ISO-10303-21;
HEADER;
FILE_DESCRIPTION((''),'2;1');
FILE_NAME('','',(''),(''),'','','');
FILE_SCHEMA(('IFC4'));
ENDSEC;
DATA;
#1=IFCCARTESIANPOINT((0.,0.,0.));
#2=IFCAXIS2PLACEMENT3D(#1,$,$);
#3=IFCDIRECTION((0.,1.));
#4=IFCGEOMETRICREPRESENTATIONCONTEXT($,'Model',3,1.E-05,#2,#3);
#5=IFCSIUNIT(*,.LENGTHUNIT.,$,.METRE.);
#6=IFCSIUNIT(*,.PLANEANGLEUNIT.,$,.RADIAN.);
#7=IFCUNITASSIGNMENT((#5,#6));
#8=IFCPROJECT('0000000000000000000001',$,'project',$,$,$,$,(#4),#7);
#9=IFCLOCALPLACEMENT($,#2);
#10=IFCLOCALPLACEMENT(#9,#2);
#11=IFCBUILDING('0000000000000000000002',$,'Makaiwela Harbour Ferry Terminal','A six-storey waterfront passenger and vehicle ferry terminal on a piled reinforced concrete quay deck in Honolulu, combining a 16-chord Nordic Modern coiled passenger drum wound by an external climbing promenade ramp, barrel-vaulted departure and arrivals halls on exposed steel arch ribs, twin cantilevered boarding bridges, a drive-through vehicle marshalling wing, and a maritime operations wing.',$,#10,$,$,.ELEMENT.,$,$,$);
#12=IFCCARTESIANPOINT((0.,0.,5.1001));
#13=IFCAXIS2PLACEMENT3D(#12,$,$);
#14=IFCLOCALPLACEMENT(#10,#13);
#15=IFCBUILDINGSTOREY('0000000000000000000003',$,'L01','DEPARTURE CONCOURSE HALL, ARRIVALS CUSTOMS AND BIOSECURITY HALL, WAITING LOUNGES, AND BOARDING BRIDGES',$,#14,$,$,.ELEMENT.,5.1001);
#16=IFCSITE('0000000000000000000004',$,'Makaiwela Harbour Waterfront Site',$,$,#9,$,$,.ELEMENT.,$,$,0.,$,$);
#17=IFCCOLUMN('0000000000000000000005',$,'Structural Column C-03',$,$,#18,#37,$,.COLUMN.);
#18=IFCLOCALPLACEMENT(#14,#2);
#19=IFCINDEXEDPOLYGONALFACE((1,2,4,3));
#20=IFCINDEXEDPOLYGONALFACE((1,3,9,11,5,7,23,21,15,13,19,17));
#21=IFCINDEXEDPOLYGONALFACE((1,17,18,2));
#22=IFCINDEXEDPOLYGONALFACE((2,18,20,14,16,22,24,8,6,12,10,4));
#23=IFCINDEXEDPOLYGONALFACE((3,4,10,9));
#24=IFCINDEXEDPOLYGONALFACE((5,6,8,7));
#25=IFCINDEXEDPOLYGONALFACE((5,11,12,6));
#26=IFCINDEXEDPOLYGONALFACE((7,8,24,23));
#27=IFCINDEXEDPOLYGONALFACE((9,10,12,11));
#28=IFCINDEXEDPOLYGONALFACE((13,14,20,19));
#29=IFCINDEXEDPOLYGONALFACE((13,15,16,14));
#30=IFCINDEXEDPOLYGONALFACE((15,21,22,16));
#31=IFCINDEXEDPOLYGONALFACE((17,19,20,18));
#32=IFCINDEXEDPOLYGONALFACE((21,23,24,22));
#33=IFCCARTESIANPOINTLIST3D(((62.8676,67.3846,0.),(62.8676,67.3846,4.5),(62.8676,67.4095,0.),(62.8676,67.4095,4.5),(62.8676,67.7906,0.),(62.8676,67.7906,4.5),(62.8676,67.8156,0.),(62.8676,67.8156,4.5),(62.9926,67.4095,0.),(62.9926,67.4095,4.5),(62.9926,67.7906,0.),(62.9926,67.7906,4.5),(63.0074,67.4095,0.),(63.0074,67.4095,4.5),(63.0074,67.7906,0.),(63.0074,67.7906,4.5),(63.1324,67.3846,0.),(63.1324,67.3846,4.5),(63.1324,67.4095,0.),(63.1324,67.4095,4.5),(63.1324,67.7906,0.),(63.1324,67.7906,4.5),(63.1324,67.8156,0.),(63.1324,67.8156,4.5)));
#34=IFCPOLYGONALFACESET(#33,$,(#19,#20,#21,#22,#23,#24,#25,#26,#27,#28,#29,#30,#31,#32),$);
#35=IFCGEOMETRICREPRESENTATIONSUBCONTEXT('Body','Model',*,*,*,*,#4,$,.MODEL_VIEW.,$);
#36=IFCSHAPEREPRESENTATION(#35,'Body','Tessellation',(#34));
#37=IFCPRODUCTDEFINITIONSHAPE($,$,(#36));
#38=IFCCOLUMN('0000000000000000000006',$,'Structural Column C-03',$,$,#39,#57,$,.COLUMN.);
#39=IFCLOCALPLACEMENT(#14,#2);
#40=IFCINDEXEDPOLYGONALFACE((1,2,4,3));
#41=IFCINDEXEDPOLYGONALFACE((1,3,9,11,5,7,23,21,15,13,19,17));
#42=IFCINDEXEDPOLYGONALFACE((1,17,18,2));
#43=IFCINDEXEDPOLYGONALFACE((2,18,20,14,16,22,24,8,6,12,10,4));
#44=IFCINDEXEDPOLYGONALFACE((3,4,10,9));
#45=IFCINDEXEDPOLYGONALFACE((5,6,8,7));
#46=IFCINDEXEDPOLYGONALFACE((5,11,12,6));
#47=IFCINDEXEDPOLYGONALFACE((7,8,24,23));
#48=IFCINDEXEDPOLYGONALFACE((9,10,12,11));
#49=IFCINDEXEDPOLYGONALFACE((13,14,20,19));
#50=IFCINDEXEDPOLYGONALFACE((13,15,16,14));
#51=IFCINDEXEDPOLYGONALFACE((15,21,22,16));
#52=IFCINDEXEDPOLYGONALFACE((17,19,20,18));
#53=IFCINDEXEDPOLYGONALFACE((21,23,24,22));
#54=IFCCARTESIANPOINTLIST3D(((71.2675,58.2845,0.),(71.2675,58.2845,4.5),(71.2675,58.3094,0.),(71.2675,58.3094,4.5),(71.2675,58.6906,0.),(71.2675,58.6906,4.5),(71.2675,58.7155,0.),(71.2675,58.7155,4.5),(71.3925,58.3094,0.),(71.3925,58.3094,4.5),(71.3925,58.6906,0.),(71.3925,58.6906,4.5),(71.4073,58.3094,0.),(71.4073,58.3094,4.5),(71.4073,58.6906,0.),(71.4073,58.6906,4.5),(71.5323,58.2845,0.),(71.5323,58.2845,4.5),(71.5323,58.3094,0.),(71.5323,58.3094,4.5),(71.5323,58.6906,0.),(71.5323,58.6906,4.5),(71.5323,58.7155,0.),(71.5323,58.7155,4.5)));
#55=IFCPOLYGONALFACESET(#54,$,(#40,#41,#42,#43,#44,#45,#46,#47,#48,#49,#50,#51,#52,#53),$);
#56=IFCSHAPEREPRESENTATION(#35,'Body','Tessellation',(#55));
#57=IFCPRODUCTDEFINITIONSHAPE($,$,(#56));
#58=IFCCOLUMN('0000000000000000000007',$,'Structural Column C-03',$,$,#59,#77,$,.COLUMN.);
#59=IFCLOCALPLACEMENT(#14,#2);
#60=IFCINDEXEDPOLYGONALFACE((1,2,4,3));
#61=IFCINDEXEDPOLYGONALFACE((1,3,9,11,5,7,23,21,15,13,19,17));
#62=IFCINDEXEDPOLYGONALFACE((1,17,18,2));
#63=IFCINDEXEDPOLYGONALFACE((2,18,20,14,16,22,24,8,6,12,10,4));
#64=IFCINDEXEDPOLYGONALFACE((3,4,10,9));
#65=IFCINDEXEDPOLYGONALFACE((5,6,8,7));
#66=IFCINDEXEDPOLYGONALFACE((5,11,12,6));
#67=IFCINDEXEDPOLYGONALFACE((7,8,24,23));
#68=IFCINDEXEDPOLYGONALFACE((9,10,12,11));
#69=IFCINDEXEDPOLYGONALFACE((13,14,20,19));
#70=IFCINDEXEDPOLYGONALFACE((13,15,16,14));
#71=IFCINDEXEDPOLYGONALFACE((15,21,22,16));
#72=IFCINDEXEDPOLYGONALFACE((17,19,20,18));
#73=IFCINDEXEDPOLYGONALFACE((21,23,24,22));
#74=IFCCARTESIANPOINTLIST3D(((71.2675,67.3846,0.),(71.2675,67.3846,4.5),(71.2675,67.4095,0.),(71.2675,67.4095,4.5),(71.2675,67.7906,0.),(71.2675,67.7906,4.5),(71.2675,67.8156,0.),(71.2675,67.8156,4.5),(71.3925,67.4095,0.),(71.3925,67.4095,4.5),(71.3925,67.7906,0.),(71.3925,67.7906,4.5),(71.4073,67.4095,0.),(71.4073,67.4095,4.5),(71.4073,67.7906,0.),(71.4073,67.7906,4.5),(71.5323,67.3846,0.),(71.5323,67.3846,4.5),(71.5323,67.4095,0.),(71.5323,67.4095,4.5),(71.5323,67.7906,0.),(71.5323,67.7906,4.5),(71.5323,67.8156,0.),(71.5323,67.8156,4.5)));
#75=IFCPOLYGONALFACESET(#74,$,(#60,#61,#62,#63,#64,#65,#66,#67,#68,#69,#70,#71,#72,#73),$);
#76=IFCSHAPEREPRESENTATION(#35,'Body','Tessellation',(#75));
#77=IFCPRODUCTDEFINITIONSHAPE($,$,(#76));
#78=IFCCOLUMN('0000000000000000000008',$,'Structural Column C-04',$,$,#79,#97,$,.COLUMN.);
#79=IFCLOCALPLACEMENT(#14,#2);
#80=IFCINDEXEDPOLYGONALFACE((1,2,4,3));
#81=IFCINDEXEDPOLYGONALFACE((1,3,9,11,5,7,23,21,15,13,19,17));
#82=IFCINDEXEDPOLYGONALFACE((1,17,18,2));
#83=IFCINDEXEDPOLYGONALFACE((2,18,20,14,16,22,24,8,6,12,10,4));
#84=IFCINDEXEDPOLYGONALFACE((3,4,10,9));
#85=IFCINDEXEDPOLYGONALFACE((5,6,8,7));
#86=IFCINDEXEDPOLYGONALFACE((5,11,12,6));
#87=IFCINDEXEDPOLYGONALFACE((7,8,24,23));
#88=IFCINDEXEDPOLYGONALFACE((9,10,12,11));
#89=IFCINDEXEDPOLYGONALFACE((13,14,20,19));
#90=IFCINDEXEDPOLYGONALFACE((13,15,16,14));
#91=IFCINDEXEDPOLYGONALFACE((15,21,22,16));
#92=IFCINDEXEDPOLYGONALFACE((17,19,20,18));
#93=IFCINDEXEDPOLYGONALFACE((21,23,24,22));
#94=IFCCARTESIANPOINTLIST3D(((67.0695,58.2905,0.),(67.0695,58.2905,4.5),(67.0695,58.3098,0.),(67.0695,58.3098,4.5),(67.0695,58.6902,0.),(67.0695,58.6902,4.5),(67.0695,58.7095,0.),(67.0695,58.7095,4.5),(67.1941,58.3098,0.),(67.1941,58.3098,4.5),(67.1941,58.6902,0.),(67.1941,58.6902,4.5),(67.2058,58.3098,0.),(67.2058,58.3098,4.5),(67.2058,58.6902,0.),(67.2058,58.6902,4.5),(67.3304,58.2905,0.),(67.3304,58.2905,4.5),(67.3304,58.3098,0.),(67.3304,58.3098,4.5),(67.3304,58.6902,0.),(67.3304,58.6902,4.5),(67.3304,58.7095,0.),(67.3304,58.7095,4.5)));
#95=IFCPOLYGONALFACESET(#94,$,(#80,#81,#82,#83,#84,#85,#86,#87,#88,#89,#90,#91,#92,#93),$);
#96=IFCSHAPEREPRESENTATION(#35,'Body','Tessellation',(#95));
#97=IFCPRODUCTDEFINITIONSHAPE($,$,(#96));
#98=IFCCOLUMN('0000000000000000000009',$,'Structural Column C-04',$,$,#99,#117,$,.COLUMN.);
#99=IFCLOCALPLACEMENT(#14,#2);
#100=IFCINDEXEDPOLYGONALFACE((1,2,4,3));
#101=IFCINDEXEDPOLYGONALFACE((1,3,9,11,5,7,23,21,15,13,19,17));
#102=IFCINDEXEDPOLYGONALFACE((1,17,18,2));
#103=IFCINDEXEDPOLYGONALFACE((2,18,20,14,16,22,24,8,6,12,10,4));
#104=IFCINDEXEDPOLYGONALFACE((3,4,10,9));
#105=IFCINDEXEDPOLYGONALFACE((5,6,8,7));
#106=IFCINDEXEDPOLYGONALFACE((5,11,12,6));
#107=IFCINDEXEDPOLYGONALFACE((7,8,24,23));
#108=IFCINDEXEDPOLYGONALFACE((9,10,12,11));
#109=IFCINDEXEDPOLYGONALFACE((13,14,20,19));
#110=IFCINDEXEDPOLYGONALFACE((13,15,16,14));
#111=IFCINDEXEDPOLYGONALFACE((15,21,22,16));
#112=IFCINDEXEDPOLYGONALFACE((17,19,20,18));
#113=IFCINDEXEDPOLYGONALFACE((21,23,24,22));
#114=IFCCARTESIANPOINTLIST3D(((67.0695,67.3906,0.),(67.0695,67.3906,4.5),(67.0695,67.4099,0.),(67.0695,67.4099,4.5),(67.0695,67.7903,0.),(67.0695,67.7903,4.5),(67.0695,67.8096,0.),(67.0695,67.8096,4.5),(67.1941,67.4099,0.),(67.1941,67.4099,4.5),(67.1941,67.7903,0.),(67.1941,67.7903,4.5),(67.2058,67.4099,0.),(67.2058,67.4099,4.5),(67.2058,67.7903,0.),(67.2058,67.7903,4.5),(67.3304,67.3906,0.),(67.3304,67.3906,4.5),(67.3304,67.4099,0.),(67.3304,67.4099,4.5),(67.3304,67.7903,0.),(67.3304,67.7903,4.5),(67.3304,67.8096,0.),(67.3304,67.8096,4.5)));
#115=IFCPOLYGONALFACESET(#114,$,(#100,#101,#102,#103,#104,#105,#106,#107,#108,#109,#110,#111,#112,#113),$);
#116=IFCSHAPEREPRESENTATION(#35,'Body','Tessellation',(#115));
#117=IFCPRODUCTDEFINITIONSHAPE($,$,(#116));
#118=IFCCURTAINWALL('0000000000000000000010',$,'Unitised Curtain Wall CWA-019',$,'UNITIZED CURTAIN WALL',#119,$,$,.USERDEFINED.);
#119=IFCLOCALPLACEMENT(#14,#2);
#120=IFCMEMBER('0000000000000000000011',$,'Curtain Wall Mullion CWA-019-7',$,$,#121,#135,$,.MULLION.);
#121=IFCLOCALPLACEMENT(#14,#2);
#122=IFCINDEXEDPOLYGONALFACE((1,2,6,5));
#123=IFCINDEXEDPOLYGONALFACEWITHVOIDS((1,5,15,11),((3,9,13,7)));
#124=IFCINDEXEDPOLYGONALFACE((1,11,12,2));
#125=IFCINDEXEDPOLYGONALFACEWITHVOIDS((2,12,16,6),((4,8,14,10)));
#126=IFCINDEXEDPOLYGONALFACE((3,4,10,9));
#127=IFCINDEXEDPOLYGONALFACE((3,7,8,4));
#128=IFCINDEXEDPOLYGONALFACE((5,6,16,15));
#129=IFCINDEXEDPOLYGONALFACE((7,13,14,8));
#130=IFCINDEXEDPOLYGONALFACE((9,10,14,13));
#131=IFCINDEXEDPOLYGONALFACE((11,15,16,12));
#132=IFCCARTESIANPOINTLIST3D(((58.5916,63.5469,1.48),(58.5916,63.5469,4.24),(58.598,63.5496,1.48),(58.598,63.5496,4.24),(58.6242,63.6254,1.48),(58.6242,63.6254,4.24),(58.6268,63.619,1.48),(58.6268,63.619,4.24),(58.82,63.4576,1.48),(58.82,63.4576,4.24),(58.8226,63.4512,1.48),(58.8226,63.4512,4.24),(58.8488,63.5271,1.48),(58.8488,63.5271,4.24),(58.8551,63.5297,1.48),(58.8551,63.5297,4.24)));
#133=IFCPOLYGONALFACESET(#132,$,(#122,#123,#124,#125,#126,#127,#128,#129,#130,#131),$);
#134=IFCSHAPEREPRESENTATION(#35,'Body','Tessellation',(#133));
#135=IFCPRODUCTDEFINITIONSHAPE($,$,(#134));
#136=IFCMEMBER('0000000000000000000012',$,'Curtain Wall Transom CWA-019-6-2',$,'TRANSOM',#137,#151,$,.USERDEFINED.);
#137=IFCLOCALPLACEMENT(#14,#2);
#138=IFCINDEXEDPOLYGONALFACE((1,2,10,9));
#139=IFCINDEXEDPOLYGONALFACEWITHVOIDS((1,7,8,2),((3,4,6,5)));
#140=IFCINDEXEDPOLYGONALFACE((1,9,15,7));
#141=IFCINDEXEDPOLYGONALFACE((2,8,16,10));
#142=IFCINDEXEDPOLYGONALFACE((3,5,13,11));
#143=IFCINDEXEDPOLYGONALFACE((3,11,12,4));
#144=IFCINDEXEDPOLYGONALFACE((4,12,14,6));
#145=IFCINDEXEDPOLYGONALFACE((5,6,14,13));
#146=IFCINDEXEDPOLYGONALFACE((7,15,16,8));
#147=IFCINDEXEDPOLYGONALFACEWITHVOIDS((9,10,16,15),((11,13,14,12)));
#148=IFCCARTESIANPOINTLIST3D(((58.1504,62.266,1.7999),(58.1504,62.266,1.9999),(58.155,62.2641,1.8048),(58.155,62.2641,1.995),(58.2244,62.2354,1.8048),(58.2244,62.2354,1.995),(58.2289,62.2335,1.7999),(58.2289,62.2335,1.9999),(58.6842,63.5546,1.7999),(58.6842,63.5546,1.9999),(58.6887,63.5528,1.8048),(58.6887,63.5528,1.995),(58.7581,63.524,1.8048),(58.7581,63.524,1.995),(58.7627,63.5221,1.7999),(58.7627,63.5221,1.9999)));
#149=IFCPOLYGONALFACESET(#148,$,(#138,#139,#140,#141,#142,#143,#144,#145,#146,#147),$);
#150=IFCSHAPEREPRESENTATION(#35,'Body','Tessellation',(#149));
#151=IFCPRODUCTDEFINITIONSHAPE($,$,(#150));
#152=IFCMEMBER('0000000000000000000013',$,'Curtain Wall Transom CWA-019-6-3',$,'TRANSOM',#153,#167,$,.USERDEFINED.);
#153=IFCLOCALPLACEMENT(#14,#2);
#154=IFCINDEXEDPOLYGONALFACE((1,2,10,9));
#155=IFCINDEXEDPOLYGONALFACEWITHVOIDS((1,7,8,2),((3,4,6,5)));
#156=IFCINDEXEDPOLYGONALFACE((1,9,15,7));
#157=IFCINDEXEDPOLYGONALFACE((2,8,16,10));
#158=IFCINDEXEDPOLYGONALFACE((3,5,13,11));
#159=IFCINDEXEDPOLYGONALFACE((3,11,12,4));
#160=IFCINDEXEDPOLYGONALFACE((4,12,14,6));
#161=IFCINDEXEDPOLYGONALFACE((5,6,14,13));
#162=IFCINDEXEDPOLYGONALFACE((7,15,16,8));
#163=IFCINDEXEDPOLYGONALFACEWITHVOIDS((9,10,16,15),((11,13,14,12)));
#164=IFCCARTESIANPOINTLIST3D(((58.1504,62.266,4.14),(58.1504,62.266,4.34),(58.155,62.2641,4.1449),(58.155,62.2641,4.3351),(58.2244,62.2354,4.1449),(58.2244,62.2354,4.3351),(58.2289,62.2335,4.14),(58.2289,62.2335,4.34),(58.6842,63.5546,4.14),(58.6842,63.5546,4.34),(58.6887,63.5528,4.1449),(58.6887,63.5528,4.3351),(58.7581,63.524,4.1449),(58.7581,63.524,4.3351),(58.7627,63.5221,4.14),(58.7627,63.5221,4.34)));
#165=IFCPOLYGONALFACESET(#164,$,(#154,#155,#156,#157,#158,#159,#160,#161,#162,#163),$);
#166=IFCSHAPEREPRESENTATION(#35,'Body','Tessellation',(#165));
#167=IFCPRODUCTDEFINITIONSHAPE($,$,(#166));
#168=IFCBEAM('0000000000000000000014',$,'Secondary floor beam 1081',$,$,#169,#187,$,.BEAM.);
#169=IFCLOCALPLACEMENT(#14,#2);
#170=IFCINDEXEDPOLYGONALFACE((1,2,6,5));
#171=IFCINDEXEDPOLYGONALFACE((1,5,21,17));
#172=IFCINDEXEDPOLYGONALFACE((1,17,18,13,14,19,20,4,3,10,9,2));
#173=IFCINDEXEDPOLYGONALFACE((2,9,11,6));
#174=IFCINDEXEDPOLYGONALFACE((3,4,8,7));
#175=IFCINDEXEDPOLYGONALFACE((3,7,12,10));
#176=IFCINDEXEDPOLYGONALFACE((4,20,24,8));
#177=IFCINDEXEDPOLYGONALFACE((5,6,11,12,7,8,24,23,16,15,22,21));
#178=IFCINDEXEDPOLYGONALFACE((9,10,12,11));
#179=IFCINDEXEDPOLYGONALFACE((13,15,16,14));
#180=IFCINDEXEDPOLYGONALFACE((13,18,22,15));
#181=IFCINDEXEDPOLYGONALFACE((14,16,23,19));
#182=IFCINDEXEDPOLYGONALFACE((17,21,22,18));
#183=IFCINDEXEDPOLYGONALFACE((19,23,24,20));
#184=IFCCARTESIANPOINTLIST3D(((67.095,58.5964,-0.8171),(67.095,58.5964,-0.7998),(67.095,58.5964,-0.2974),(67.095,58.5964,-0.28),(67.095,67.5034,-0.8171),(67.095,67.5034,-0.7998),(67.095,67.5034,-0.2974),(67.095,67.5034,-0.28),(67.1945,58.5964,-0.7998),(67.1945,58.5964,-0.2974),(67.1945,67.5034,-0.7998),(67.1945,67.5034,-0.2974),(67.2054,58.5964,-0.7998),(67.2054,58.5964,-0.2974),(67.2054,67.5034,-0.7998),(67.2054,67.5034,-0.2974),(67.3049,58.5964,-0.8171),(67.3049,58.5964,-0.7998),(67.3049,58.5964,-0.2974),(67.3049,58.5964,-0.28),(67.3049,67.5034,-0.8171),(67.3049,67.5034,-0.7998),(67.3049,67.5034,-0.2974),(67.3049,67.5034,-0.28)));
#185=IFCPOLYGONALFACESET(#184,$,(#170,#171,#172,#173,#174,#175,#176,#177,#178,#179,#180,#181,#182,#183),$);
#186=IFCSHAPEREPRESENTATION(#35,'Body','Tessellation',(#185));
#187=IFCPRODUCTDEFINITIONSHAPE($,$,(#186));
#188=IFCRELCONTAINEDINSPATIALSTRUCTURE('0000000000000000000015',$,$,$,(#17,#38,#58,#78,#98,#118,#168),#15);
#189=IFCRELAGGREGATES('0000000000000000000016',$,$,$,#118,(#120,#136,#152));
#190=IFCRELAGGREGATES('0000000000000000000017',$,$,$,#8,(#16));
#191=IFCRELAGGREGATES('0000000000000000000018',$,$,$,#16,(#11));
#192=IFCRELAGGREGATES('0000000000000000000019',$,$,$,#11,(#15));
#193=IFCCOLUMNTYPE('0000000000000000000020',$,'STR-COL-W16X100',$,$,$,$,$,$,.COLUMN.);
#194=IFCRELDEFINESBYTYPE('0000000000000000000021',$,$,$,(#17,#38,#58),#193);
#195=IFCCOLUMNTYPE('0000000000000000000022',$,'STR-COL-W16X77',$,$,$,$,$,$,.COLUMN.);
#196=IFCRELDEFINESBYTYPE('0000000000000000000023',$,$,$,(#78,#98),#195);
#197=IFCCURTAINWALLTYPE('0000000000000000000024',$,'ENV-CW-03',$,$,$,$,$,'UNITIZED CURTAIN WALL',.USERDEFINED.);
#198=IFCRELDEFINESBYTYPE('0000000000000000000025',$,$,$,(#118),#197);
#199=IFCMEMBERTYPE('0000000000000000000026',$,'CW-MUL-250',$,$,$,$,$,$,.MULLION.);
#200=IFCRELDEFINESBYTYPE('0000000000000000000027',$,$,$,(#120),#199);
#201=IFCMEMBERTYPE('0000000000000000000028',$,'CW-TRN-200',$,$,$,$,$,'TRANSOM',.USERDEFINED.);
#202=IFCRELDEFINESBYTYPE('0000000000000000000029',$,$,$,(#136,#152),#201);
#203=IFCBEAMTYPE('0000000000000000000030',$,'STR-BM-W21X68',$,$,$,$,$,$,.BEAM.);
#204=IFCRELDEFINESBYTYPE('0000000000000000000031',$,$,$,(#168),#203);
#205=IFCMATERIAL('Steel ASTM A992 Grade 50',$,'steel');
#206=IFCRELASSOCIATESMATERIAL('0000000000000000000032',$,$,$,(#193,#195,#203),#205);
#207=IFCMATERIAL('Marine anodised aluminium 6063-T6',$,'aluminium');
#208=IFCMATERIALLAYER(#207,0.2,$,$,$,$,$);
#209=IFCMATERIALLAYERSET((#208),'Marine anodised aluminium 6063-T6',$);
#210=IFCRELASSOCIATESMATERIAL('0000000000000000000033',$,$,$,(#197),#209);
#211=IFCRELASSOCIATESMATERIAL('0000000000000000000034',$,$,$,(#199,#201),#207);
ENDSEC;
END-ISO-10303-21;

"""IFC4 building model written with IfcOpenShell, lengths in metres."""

from ifc_helpers import new_model, si_unit, direction, frame, origin, origin_2d, place, context, subcontext, project, spatial, hollow_rectangle, i_section, extrude, material, layer, layer_set, material_profile, profile_set, type_object, element, aggregate, save


model = new_model("IFC4")

# Units and contexts
model_context = context("Model", 3, precision=1e-05, world=origin(), true_north=direction((0.0, 1.0)))
body_context = subcontext(model_context, "Body", "Model", "MODEL_VIEW")
ifc_project = project(units=[si_unit("LENGTHUNIT", "METRE"), si_unit("PLANEANGLEUNIT", "RADIAN")], contexts=[model_context])

# Site, building, storey
site_placement = place(None, origin())
site = spatial("IfcSite", under=ifc_project, at=site_placement, Name="Makaiwela Harbour Waterfront Site", CompositionType="ELEMENT", RefElevation=0.0)
building_placement = place(site_placement, origin())
building = spatial("IfcBuilding", under=site, at=building_placement, Name="Makaiwela Harbour Ferry Terminal", Description="A six-storey waterfront passenger and vehicle ferry terminal on a piled reinforced concrete quay deck in Honolulu, combining a 16-chord Nordic Modern coiled passenger drum wound by an external climbing promenade ramp, barrel-vaulted departure and arrivals halls on exposed steel arch ribs, twin cantilevered boarding bridges, a drive-through vehicle marshalling wing, and a maritime operations wing.", CompositionType="ELEMENT")
storey_placement = place(building_placement, frame((0.0, 0.0, 5.1001)))
storey = spatial("IfcBuildingStorey", under=building, at=storey_placement, Name="L01", Description="DEPARTURE CONCOURSE HALL, ARRIVALS CUSTOMS AND BIOSECURITY HALL, WAITING LOUNGES, AND BOARDING BRIDGES", CompositionType="ELEMENT", Elevation=5.1001)

# Columns
ifc_material_1 = material(Name="Steel ASTM A992 Grade 50", Category="steel")
ifc_material_profile_1 = material_profile(ifc_material_1, i_section(OverallWidth=0.2649, OverallDepth=0.4309, WebThickness=0.0149, FlangeThickness=0.0249, at=origin_2d()), Name="W16X100")
ifc_profile_set_1 = profile_set([ifc_material_profile_1], Name="Steel ASTM A992 Grade 50")
column_type_1 = type_object("IfcColumnType", Name="STR-COL-W16X100", PredefinedType="COLUMN", material=ifc_profile_set_1)
for number, where, z_axis, x_axis, name in (
    (1, (63.0, 67.6001, 0.0), (0.0, 0.0, 1.0), (1.0, 0.0, 0.0), "Structural Column C-03"),
    (2, (71.3999, 58.5, 0.0), (0.0, 0.0, 1.0), (1.0, 0.0, 0.0), "Structural Column C-03"),
    (3, (71.3999, 67.6001, 0.0), (0.0, 0.0, 1.0), (1.0, 0.0, 0.0), "Structural Column C-03"),
):
    element("IfcColumn", number, at=place(storey_placement, frame(where, z_axis=z_axis, x_axis=x_axis)), inside=storey, type_object=column_type_1, Name=name, PredefinedType="COLUMN", context=body_context, shape_type="SweptSolid", body=[
        extrude(i_section(OverallWidth=0.2649, OverallDepth=0.4309, WebThickness=0.0149, FlangeThickness=0.0249, at=origin_2d()), origin(), (0.0, 0.0, 1.0), 4.5),
    ])
ifc_material_profile_2 = material_profile(ifc_material_1, i_section(OverallWidth=0.261, OverallDepth=0.4189, WebThickness=0.0117, FlangeThickness=0.0193, at=origin_2d()), Name="W16X77")
ifc_profile_set_2 = profile_set([ifc_material_profile_2], Name="Steel ASTM A992 Grade 50")
column_type_2 = type_object("IfcColumnType", Name="STR-COL-W16X77", PredefinedType="COLUMN", material=ifc_profile_set_2)
for number, where, z_axis, x_axis, name in (
    (4, (67.2, 58.5, 0.0), (0.0, 0.0, 1.0), (1.0, 0.0, 0.0), "Structural Column C-04"),
    (5, (67.2, 67.6001, 0.0), (0.0, 0.0, 1.0), (1.0, 0.0, 0.0), "Structural Column C-04"),
):
    element("IfcColumn", number, at=place(storey_placement, frame(where, z_axis=z_axis, x_axis=x_axis)), inside=storey, type_object=column_type_2, Name=name, PredefinedType="COLUMN", context=body_context, shape_type="SweptSolid", body=[
        extrude(i_section(OverallWidth=0.261, OverallDepth=0.4189, WebThickness=0.0117, FlangeThickness=0.0193, at=origin_2d()), origin(), (0.0, 0.0, 1.0), 4.5),
    ])

# Curtain wall, members
ifc_material_2 = material(Name="Marine anodised aluminium 6063-T6", Category="aluminium")
ifc_layer_1 = layer(ifc_material_2, 0.2)
ifc_layer_set_1 = layer_set([ifc_layer_1], Name="Marine anodised aluminium 6063-T6")
curtain_wall_type = type_object("IfcCurtainWallType", Name="ENV-CW-03", ElementType="UNITIZED CURTAIN WALL", PredefinedType="USERDEFINED", material=ifc_layer_set_1)
curtain_wall_placement = place(storey_placement, origin())
curtain_wall = element("IfcCurtainWall", 6, at=curtain_wall_placement, inside=storey, type_object=curtain_wall_type, Name="Unitised Curtain Wall CWA-019", ObjectType="UNITIZED CURTAIN WALL", PredefinedType="USERDEFINED")
ifc_material_profile_3 = material_profile(ifc_material_2, hollow_rectangle(XDim=0.085, YDim=0.25, WallThickness=0.0049, at=origin_2d()), Name="CWM-250X85")
ifc_profile_set_3 = profile_set([ifc_material_profile_3], Name="Marine anodised aluminium 6063-T6")
member_type_1 = type_object("IfcMemberType", Name="CW-MUL-250", PredefinedType="MULLION", material=ifc_profile_set_3)
member_1_placement = place(storey_placement, frame((58.7234, 63.5383, 1.48), z_axis=(0.0, 0.0, 1.0), x_axis=(0.382683, 0.92388, 0.0)))
member_1 = element("IfcMember", 7, at=member_1_placement, type_object=member_type_1, Name="Curtain Wall Mullion CWA-019-7", PredefinedType="MULLION", context=body_context, shape_type="SweptSolid", body=[
    extrude(hollow_rectangle(XDim=0.085, YDim=0.25, WallThickness=0.0049, at=origin_2d()), origin(), (0.0, 0.0, 1.0), 2.76),
])
ifc_material_profile_4 = material_profile(ifc_material_2, hollow_rectangle(XDim=0.085, YDim=0.2, WallThickness=0.0049, at=origin_2d()), Name="CWT-200X85")
ifc_profile_set_4 = profile_set([ifc_material_profile_4], Name="Marine anodised aluminium 6063-T6")
member_type_2 = type_object("IfcMemberType", Name="CW-TRN-200", ElementType="TRANSOM", PredefinedType="USERDEFINED", material=ifc_profile_set_4)
member_2_placement = place(storey_placement, frame((58.1897, 62.2498, 1.8999), z_axis=(0.382651, 0.923893, 0.0), x_axis=(-0.923893, 0.382651, 0.0)))
member_2 = element("IfcMember", 8, at=member_2_placement, type_object=member_type_2, Name="Curtain Wall Transom CWA-019-6-2", ObjectType="TRANSOM", PredefinedType="USERDEFINED", context=body_context, shape_type="SweptSolid", body=[
    extrude(hollow_rectangle(XDim=0.085, YDim=0.2, WallThickness=0.0049, at=origin_2d()), origin(), (0.0, 0.0, 1.0), 1.3948),
])
member_3_placement = place(storey_placement, frame((58.1897, 62.2498, 4.24), z_axis=(0.382651, 0.923893, 0.0), x_axis=(-0.923893, 0.382651, 0.0)))
member_3 = element("IfcMember", 9, at=member_3_placement, type_object=member_type_2, Name="Curtain Wall Transom CWA-019-6-3", ObjectType="TRANSOM", PredefinedType="USERDEFINED", context=body_context, shape_type="SweptSolid", body=[
    extrude(hollow_rectangle(XDim=0.085, YDim=0.2, WallThickness=0.0049, at=origin_2d()), origin(), (0.0, 0.0, 1.0), 1.3948),
])

# Beam
ifc_material_profile_5 = material_profile(ifc_material_1, i_section(OverallWidth=0.21, OverallDepth=0.5371, WebThickness=0.011, FlangeThickness=0.0173, at=origin_2d()), Name="W21X68")
ifc_profile_set_5 = profile_set([ifc_material_profile_5], Name="Steel ASTM A992 Grade 50")
beam_type_1 = type_object("IfcBeamType", Name="STR-BM-W21X68", PredefinedType="BEAM", material=ifc_profile_set_5)
for number, where, z_axis, x_axis, name in (
    (10, (67.2, 58.5964, -0.5486), (0.0, 1.0, 0.0), (-1.0, 0.0, 0.0), "Secondary floor beam 1081"),
):
    element("IfcBeam", number, at=place(storey_placement, frame(where, z_axis=z_axis, x_axis=x_axis)), inside=storey, type_object=beam_type_1, Name=name, PredefinedType="BEAM", context=body_context, shape_type="SweptSolid", body=[
        extrude(i_section(OverallWidth=0.21, OverallDepth=0.5371, WebThickness=0.011, FlangeThickness=0.0173, at=origin_2d()), origin(), (0.0, 0.0, 1.0), 8.907),
    ])

aggregate(curtain_wall, [member_1, member_2, member_3])

save(model, "model.ifc")
